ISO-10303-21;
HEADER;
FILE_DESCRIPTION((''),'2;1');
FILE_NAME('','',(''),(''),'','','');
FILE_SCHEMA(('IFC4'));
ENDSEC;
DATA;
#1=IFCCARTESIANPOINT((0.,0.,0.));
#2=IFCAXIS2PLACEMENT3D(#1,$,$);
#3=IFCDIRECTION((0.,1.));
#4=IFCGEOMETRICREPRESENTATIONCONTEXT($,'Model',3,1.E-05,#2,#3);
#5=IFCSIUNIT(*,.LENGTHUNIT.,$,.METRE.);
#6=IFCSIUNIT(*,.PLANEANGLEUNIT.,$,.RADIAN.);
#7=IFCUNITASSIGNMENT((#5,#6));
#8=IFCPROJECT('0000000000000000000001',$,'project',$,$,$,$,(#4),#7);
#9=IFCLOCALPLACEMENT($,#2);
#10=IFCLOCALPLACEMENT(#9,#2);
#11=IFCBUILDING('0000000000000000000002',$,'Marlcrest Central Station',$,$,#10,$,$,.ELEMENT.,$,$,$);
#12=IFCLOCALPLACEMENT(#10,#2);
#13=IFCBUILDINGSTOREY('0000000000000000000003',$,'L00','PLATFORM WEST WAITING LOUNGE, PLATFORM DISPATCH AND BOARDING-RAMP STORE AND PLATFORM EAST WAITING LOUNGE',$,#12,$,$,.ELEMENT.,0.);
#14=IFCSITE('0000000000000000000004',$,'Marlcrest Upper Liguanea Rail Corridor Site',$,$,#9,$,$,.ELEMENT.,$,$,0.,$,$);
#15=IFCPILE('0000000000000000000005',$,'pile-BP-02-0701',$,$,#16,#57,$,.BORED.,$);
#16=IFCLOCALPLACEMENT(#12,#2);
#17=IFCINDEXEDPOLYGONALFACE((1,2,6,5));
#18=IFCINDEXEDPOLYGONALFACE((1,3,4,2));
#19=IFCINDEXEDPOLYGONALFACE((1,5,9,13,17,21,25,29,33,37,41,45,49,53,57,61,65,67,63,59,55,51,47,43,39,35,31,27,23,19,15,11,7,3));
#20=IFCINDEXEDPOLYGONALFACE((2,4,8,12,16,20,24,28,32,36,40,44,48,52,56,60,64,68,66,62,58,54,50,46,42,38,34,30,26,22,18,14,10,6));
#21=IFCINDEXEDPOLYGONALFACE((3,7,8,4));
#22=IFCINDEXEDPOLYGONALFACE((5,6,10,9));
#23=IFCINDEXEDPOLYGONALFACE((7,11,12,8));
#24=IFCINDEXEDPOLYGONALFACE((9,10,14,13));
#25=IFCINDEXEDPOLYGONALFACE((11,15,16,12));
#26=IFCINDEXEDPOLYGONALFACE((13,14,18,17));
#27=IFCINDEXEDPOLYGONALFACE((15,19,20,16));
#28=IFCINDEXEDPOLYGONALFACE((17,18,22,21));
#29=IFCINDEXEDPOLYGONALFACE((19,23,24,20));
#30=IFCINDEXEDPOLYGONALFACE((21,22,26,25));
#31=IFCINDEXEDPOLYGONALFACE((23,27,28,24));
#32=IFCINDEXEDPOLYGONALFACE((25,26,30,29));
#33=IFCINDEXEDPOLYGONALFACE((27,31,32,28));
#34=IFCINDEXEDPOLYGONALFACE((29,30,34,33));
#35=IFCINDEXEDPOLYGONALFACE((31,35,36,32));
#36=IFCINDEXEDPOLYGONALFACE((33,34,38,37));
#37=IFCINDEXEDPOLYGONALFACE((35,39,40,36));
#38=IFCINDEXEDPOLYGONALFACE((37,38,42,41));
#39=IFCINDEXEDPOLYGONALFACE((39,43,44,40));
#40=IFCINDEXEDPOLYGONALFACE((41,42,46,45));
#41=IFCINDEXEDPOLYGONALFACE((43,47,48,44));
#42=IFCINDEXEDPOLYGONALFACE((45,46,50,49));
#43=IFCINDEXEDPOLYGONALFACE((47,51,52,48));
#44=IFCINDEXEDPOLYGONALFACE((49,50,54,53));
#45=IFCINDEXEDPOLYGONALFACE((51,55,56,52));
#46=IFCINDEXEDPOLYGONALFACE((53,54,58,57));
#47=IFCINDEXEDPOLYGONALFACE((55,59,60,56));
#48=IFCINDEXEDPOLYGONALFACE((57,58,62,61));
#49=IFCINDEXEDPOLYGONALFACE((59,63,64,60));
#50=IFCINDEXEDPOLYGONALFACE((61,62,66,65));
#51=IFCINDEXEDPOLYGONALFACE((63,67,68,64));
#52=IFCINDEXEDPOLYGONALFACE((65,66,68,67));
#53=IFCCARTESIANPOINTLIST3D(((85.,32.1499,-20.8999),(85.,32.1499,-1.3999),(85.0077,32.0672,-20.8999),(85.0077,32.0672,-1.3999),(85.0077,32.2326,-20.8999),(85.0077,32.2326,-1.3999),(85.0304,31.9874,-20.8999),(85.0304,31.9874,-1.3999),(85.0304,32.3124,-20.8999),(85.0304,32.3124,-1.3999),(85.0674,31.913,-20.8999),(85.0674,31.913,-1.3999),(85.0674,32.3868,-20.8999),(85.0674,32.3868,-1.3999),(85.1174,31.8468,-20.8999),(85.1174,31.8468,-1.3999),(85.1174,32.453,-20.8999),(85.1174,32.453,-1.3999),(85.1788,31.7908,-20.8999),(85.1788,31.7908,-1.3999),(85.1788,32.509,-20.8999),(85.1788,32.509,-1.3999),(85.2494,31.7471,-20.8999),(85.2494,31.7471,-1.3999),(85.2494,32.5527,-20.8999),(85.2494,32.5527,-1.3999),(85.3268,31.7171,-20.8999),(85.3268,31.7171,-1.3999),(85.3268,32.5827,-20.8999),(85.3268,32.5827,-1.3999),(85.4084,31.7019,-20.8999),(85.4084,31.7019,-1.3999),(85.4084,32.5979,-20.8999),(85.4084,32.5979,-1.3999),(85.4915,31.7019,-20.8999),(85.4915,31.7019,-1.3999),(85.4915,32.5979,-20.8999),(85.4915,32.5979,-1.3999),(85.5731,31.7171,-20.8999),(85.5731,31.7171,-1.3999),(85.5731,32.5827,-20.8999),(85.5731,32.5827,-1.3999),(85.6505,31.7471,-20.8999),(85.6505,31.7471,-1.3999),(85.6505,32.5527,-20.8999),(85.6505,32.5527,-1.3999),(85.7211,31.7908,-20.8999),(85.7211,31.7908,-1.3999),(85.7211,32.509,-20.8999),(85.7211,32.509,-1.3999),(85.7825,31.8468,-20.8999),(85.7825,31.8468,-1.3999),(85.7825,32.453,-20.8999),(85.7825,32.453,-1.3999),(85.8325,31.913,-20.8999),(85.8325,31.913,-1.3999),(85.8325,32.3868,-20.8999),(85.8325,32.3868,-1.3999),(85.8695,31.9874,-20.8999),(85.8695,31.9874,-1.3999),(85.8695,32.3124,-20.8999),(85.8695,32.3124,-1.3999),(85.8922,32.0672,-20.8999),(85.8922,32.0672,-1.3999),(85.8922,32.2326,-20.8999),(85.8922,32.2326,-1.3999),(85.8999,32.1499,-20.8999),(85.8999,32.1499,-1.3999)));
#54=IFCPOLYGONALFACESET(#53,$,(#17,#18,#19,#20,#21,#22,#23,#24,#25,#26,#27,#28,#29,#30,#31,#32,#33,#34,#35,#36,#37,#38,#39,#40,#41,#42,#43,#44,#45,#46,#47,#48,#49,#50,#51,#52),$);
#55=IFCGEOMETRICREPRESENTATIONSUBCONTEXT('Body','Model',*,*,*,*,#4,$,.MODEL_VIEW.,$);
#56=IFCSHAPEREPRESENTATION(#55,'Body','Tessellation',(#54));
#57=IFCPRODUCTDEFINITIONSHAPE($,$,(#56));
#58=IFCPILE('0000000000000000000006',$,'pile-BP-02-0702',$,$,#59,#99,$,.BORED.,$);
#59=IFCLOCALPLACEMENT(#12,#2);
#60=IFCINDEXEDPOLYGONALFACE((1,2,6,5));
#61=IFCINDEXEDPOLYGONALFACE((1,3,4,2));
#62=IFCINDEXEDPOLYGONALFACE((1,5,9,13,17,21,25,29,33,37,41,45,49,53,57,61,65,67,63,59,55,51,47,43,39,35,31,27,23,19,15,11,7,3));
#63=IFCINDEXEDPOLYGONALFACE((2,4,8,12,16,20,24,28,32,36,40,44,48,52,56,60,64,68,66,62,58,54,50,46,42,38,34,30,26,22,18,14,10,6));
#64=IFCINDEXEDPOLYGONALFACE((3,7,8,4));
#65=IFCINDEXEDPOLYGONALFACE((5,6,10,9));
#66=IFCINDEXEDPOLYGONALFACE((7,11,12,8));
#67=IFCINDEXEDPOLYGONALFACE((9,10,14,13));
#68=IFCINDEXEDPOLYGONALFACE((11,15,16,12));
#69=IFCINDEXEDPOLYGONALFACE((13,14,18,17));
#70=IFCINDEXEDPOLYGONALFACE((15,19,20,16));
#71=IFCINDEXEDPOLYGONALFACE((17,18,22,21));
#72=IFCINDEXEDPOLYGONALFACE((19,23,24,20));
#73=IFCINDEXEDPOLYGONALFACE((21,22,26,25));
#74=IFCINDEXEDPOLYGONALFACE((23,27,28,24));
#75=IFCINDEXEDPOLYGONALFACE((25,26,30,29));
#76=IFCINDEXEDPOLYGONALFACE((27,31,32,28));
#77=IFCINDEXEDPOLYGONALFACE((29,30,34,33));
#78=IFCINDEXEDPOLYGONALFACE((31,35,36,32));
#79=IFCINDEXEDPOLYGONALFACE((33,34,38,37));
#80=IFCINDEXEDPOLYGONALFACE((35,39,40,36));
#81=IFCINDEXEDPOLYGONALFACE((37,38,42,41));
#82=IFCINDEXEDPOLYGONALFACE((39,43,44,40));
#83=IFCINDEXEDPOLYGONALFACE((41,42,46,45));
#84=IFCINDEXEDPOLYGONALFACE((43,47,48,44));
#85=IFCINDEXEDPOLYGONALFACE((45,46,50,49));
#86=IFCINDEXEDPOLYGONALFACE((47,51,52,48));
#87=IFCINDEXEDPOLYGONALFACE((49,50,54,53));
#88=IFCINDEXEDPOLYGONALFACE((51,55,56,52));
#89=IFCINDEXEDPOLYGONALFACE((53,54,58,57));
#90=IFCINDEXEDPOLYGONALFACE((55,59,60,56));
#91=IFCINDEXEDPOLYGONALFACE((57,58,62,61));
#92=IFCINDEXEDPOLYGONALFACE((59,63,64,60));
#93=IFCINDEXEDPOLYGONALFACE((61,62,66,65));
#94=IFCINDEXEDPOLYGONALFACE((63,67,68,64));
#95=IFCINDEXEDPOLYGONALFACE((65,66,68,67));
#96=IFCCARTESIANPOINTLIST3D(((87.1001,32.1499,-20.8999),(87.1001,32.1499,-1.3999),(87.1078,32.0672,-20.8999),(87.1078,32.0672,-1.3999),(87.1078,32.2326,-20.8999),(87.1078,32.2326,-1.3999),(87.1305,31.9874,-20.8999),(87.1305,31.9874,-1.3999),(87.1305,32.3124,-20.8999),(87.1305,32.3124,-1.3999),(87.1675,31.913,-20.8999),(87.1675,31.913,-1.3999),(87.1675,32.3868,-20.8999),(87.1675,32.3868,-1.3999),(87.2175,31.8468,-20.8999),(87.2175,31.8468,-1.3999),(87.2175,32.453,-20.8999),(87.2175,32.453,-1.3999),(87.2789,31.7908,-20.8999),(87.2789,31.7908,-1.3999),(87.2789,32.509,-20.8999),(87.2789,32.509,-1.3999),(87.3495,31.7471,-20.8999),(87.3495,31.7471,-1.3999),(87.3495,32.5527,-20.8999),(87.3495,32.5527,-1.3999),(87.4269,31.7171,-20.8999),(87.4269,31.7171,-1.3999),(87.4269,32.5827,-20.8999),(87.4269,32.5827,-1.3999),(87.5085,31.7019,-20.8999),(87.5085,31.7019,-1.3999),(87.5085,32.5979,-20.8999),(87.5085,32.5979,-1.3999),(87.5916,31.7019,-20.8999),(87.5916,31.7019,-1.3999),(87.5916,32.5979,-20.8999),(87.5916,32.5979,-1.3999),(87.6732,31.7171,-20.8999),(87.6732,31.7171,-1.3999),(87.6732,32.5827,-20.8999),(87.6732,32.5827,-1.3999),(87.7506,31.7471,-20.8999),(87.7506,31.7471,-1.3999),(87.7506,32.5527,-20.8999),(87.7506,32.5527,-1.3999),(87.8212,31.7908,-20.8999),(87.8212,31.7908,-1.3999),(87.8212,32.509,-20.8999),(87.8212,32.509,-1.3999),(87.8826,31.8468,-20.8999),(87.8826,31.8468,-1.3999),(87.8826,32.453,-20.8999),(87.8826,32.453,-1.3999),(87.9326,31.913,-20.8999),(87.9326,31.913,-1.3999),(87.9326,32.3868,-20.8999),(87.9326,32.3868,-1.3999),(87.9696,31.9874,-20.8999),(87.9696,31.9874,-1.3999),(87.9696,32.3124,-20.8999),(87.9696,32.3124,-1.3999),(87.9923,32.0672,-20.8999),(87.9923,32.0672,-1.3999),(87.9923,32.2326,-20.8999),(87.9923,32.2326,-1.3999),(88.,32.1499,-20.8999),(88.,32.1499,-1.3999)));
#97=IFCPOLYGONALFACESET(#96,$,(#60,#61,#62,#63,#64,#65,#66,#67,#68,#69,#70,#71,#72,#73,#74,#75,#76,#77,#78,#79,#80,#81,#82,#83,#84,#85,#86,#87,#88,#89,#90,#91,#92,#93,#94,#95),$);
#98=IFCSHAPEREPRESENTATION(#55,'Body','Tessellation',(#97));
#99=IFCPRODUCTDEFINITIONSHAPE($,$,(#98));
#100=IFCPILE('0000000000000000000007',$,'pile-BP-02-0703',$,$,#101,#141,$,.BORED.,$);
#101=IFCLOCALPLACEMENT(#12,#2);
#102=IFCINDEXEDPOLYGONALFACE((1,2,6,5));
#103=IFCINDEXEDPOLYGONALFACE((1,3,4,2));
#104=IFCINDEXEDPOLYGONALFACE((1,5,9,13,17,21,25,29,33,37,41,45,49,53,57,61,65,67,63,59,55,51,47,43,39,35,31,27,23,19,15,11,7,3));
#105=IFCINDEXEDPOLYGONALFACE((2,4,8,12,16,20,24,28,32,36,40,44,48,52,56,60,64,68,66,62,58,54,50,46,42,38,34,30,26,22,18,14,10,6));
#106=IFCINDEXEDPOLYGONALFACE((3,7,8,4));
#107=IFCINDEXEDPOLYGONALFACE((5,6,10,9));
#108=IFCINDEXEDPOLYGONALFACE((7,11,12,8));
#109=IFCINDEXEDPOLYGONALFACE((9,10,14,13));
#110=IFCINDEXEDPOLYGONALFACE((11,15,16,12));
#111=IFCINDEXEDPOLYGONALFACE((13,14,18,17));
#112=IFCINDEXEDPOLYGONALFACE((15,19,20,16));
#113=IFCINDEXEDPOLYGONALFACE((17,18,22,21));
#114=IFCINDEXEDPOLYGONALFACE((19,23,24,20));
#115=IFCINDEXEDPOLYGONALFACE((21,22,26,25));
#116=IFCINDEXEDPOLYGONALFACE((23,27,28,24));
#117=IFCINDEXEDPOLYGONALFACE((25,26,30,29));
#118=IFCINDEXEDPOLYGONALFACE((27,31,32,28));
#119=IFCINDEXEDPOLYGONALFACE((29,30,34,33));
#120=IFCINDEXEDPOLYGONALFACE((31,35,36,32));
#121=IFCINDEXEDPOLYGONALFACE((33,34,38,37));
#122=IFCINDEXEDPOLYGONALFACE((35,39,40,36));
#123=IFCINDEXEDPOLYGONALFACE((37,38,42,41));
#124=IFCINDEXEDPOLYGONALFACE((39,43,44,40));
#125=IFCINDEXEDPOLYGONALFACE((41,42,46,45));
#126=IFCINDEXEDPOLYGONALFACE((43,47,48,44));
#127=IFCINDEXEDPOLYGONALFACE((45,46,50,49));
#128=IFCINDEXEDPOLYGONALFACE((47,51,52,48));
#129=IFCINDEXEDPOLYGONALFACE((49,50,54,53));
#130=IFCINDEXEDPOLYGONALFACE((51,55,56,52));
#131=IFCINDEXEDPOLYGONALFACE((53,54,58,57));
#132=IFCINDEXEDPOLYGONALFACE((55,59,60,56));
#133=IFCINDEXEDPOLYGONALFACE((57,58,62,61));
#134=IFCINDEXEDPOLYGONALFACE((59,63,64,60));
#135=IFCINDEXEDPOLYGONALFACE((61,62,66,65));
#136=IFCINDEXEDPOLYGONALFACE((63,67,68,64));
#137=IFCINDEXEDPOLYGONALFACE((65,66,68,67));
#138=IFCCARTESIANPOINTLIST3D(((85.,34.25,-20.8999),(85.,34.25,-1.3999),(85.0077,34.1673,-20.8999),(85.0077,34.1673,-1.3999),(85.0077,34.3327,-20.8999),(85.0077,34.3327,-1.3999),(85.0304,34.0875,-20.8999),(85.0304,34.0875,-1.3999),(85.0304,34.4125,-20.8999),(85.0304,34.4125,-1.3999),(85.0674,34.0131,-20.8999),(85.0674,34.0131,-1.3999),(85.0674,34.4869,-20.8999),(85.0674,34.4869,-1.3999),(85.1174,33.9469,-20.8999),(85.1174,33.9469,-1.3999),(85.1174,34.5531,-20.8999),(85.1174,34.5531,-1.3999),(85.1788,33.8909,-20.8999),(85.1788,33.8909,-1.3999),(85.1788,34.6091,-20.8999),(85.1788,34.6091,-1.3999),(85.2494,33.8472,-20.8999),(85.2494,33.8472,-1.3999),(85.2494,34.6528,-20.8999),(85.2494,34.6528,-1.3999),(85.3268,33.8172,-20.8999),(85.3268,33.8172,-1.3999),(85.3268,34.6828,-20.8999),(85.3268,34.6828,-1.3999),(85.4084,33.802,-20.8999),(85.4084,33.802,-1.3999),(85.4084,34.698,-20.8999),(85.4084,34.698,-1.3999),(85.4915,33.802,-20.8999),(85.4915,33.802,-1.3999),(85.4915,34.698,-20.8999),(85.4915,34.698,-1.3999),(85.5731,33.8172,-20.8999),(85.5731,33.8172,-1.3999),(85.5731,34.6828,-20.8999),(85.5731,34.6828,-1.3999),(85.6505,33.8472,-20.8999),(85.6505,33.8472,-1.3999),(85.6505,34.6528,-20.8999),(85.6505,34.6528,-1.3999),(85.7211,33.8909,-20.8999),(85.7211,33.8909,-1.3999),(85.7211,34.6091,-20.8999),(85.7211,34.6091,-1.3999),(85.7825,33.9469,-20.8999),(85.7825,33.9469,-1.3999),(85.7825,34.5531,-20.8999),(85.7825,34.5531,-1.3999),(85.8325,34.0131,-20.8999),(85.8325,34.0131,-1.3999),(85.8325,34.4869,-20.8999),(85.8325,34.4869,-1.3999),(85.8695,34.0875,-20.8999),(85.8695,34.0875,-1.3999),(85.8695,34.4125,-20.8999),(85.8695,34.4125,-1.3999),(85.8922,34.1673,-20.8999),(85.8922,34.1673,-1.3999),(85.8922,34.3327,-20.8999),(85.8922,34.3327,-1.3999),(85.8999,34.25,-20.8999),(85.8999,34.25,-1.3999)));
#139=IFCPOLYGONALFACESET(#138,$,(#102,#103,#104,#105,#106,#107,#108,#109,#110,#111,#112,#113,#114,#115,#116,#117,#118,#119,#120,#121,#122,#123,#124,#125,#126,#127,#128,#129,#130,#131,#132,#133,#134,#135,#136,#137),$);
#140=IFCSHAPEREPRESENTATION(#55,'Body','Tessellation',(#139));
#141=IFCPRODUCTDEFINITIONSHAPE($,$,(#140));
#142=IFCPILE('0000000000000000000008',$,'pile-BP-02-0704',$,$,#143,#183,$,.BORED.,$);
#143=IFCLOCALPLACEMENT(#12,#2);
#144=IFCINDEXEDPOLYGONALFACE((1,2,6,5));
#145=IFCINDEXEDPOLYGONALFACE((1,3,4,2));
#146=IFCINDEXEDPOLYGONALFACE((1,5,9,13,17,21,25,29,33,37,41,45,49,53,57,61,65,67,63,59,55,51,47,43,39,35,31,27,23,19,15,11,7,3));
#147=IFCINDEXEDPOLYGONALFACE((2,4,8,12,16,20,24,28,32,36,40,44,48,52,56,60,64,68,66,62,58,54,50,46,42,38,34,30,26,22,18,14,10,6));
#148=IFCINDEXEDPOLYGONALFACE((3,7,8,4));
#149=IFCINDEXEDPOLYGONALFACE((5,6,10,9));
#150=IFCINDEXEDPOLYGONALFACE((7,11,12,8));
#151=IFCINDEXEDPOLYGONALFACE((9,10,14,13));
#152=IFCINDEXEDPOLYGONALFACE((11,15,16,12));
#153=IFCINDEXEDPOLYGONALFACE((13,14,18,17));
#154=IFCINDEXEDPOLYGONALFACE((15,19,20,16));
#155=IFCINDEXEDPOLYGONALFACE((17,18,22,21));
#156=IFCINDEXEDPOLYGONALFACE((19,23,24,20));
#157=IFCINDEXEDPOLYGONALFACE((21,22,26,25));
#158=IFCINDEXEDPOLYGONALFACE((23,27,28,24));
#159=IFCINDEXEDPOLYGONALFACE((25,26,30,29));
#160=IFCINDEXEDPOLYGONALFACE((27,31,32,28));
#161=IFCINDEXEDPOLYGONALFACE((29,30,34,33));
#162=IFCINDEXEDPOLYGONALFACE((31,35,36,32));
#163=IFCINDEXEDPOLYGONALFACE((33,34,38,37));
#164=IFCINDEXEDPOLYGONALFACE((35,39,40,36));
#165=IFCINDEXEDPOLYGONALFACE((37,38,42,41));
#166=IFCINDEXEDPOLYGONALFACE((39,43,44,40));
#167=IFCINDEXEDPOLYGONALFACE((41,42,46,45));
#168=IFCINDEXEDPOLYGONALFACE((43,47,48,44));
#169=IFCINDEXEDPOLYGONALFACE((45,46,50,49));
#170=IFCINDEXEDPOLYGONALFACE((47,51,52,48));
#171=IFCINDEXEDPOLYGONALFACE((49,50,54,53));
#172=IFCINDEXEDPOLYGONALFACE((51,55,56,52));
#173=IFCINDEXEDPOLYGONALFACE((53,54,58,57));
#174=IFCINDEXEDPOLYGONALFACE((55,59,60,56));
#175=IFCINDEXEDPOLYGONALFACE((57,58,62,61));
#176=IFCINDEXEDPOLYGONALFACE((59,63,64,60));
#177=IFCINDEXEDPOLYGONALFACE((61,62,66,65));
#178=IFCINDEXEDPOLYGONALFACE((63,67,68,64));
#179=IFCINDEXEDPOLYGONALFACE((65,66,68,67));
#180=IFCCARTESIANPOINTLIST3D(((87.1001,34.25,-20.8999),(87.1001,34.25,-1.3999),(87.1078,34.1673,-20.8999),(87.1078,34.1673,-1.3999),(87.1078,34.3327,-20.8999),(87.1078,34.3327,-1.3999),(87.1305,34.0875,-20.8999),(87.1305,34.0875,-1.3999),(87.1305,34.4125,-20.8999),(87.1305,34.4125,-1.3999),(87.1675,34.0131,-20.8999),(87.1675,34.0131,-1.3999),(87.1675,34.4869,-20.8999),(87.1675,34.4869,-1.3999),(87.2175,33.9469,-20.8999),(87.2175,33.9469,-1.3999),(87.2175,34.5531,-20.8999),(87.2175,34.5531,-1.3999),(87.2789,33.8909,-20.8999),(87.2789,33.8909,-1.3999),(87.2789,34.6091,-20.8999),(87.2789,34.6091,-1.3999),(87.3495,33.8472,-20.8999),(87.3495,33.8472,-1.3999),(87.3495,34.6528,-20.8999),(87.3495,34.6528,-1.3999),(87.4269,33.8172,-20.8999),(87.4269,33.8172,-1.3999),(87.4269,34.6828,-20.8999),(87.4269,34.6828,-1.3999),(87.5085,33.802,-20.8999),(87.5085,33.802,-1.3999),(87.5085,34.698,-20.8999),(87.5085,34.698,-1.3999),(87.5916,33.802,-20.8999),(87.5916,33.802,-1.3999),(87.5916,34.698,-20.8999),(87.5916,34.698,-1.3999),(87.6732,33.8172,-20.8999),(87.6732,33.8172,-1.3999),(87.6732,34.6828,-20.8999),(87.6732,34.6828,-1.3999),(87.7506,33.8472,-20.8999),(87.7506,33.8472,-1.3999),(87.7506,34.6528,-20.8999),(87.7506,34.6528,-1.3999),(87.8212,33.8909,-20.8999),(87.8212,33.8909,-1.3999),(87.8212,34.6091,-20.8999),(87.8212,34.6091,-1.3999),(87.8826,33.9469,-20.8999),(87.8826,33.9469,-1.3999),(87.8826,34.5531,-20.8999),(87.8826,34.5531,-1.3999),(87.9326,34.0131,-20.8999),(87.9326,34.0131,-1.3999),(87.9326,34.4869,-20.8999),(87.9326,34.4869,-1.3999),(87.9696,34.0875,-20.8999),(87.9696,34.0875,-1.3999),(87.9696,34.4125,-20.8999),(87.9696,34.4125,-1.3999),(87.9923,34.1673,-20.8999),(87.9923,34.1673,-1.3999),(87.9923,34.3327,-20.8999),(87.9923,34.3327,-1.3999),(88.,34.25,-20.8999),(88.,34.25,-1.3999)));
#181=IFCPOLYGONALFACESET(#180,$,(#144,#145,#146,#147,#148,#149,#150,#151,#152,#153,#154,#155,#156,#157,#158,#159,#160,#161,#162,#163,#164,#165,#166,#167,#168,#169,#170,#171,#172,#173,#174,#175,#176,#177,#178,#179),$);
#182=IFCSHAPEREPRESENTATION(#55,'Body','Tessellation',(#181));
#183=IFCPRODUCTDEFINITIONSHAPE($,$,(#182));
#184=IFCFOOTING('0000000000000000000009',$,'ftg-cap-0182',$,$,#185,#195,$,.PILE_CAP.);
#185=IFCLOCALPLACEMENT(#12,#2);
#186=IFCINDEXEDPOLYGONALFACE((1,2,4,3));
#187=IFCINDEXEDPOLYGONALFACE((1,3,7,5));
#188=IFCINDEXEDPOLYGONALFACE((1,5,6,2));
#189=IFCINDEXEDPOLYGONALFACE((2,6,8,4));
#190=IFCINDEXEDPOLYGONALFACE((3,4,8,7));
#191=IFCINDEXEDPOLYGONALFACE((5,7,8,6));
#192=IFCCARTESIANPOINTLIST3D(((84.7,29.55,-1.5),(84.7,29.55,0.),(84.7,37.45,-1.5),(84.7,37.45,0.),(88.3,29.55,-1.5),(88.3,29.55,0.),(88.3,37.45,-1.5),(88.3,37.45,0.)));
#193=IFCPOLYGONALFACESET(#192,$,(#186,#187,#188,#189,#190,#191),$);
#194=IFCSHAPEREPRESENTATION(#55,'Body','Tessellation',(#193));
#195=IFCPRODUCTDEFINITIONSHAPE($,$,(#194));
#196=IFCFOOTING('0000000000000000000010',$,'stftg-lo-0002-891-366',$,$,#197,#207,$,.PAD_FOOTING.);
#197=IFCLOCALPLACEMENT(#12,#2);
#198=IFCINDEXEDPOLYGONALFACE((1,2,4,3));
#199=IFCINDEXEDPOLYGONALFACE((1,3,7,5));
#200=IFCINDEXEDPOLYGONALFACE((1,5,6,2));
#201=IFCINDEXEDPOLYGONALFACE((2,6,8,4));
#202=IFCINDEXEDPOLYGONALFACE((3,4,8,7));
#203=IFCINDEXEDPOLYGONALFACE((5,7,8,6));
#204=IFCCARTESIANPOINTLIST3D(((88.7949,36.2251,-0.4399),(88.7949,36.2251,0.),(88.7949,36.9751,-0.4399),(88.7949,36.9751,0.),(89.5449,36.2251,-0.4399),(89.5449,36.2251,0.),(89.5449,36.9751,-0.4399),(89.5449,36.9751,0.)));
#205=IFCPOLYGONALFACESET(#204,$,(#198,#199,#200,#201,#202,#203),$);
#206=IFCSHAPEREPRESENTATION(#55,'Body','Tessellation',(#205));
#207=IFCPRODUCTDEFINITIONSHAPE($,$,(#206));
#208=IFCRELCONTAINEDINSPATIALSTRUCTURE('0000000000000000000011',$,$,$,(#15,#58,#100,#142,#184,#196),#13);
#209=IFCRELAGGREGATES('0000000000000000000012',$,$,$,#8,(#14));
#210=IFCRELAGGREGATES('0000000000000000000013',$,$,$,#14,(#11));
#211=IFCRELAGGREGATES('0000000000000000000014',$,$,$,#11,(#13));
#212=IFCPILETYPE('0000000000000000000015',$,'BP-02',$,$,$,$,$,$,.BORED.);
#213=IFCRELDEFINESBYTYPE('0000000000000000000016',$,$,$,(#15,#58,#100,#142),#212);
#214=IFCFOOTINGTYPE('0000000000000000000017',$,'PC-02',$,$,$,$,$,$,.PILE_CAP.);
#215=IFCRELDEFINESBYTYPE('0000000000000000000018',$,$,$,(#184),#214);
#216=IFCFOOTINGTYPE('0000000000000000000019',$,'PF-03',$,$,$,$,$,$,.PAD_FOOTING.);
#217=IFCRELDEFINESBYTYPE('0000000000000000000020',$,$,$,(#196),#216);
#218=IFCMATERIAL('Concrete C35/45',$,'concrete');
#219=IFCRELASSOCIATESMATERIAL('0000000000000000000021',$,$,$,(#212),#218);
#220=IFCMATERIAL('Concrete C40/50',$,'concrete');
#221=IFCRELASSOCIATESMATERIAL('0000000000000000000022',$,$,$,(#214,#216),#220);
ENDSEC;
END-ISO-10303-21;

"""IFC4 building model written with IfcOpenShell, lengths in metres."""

from ifc_helpers import new_model, si_unit, direction, frame, origin, origin_2d, place, context, subcontext, project, spatial, rectangle, circle, extrude, material, material_profile, profile_set, type_object, element, save


model = new_model("IFC4")

# Units and contexts
model_context = context("Model", 3, precision=1e-05, world=origin(), true_north=direction((0.0, 1.0)))
body_context = subcontext(model_context, "Body", "Model", "MODEL_VIEW")
ifc_project = project(units=[si_unit("LENGTHUNIT", "METRE"), si_unit("PLANEANGLEUNIT", "RADIAN")], contexts=[model_context])

# Site, building, storey
site_placement = place(None, origin())
site = spatial("IfcSite", under=ifc_project, at=site_placement, Name="Marlcrest Upper Liguanea Rail Corridor Site", CompositionType="ELEMENT", RefElevation=0.0)
building_placement = place(site_placement, origin())
building = spatial("IfcBuilding", under=site, at=building_placement, Name="Marlcrest Central Station", CompositionType="ELEMENT")
storey_placement = place(building_placement, origin())
storey = spatial("IfcBuildingStorey", under=building, at=storey_placement, Name="L00", Description="PLATFORM WEST WAITING LOUNGE, PLATFORM DISPATCH AND BOARDING-RAMP STORE AND PLATFORM EAST WAITING LOUNGE", CompositionType="ELEMENT", Elevation=0.0)

# Piles
ifc_material_1 = material(Name="Concrete C35/45", Category="concrete")
ifc_material_profile_1 = material_profile(ifc_material_1, circle(Radius=0.45, at=origin_2d()), Name="PILE D900")
ifc_profile_set_1 = profile_set([ifc_material_profile_1], Name="Concrete C35/45")
pile_type = type_object("IfcPileType", Name="BP-02", PredefinedType="BORED", material=ifc_profile_set_1)
for number, where, z_axis, x_axis, name in (
    (1, (85.45, 32.1499, -1.3999), (0.0, 0.0, -1.0), (1.0, 0.0, 0.0), "pile-BP-02-0701"),
    (2, (87.55, 32.1499, -1.3999), (0.0, 0.0, -1.0), (1.0, 0.0, 0.0), "pile-BP-02-0702"),
    (3, (85.45, 34.25, -1.3999), (0.0, 0.0, -1.0), (1.0, 0.0, 0.0), "pile-BP-02-0703"),
    (4, (87.55, 34.25, -1.3999), (0.0, 0.0, -1.0), (1.0, 0.0, 0.0), "pile-BP-02-0704"),
):
    element("IfcPile", number, at=place(storey_placement, frame(where, z_axis=z_axis, x_axis=x_axis)), inside=storey, type_object=pile_type, Name=name, PredefinedType="BORED", context=body_context, shape_type="SweptSolid", body=[
        extrude(circle(Radius=0.45, at=origin_2d()), origin(), (0.0, 0.0, 1.0), 19.5),
    ])

# Footings
ifc_material_2 = material(Name="Concrete C40/50", Category="concrete")
footing_type_1 = type_object("IfcFootingType", Name="PC-02", PredefinedType="PILE_CAP", material=ifc_material_2)
footing_placement = place(storey_placement, frame((86.5, 33.5, -1.5), z_axis=(0.0, 0.0, 1.0), x_axis=(1.0, 0.0, 0.0)))
element("IfcFooting", 5, at=footing_placement, inside=storey, type_object=footing_type_1, Name="ftg-cap-0182", PredefinedType="PILE_CAP", context=body_context, shape_type="SweptSolid", body=[
    extrude(rectangle(XDim=3.6001, YDim=7.8999, at=origin_2d()), origin(), (0.0, 0.0, 1.0), 1.5),
])
footing_type_2 = type_object("IfcFootingType", Name="PF-03", PredefinedType="PAD_FOOTING", material=ifc_material_2)
for number, where, z_axis, x_axis, name in (
    (6, (89.1699, 36.6001, -0.4399), (0.0, 0.0, 1.0), (1.0, 0.0, 0.0), "stftg-lo-0002-891-366"),
):
    element("IfcFooting", number, at=place(storey_placement, frame(where, z_axis=z_axis, x_axis=x_axis)), inside=storey, type_object=footing_type_2, Name=name, PredefinedType="PAD_FOOTING", context=body_context, shape_type="SweptSolid", body=[
        extrude(rectangle(XDim=0.75, YDim=0.75, at=origin_2d()), origin(), (0.0, 0.0, 1.0), 0.4399),
    ])

save(model, "model.ifc")
